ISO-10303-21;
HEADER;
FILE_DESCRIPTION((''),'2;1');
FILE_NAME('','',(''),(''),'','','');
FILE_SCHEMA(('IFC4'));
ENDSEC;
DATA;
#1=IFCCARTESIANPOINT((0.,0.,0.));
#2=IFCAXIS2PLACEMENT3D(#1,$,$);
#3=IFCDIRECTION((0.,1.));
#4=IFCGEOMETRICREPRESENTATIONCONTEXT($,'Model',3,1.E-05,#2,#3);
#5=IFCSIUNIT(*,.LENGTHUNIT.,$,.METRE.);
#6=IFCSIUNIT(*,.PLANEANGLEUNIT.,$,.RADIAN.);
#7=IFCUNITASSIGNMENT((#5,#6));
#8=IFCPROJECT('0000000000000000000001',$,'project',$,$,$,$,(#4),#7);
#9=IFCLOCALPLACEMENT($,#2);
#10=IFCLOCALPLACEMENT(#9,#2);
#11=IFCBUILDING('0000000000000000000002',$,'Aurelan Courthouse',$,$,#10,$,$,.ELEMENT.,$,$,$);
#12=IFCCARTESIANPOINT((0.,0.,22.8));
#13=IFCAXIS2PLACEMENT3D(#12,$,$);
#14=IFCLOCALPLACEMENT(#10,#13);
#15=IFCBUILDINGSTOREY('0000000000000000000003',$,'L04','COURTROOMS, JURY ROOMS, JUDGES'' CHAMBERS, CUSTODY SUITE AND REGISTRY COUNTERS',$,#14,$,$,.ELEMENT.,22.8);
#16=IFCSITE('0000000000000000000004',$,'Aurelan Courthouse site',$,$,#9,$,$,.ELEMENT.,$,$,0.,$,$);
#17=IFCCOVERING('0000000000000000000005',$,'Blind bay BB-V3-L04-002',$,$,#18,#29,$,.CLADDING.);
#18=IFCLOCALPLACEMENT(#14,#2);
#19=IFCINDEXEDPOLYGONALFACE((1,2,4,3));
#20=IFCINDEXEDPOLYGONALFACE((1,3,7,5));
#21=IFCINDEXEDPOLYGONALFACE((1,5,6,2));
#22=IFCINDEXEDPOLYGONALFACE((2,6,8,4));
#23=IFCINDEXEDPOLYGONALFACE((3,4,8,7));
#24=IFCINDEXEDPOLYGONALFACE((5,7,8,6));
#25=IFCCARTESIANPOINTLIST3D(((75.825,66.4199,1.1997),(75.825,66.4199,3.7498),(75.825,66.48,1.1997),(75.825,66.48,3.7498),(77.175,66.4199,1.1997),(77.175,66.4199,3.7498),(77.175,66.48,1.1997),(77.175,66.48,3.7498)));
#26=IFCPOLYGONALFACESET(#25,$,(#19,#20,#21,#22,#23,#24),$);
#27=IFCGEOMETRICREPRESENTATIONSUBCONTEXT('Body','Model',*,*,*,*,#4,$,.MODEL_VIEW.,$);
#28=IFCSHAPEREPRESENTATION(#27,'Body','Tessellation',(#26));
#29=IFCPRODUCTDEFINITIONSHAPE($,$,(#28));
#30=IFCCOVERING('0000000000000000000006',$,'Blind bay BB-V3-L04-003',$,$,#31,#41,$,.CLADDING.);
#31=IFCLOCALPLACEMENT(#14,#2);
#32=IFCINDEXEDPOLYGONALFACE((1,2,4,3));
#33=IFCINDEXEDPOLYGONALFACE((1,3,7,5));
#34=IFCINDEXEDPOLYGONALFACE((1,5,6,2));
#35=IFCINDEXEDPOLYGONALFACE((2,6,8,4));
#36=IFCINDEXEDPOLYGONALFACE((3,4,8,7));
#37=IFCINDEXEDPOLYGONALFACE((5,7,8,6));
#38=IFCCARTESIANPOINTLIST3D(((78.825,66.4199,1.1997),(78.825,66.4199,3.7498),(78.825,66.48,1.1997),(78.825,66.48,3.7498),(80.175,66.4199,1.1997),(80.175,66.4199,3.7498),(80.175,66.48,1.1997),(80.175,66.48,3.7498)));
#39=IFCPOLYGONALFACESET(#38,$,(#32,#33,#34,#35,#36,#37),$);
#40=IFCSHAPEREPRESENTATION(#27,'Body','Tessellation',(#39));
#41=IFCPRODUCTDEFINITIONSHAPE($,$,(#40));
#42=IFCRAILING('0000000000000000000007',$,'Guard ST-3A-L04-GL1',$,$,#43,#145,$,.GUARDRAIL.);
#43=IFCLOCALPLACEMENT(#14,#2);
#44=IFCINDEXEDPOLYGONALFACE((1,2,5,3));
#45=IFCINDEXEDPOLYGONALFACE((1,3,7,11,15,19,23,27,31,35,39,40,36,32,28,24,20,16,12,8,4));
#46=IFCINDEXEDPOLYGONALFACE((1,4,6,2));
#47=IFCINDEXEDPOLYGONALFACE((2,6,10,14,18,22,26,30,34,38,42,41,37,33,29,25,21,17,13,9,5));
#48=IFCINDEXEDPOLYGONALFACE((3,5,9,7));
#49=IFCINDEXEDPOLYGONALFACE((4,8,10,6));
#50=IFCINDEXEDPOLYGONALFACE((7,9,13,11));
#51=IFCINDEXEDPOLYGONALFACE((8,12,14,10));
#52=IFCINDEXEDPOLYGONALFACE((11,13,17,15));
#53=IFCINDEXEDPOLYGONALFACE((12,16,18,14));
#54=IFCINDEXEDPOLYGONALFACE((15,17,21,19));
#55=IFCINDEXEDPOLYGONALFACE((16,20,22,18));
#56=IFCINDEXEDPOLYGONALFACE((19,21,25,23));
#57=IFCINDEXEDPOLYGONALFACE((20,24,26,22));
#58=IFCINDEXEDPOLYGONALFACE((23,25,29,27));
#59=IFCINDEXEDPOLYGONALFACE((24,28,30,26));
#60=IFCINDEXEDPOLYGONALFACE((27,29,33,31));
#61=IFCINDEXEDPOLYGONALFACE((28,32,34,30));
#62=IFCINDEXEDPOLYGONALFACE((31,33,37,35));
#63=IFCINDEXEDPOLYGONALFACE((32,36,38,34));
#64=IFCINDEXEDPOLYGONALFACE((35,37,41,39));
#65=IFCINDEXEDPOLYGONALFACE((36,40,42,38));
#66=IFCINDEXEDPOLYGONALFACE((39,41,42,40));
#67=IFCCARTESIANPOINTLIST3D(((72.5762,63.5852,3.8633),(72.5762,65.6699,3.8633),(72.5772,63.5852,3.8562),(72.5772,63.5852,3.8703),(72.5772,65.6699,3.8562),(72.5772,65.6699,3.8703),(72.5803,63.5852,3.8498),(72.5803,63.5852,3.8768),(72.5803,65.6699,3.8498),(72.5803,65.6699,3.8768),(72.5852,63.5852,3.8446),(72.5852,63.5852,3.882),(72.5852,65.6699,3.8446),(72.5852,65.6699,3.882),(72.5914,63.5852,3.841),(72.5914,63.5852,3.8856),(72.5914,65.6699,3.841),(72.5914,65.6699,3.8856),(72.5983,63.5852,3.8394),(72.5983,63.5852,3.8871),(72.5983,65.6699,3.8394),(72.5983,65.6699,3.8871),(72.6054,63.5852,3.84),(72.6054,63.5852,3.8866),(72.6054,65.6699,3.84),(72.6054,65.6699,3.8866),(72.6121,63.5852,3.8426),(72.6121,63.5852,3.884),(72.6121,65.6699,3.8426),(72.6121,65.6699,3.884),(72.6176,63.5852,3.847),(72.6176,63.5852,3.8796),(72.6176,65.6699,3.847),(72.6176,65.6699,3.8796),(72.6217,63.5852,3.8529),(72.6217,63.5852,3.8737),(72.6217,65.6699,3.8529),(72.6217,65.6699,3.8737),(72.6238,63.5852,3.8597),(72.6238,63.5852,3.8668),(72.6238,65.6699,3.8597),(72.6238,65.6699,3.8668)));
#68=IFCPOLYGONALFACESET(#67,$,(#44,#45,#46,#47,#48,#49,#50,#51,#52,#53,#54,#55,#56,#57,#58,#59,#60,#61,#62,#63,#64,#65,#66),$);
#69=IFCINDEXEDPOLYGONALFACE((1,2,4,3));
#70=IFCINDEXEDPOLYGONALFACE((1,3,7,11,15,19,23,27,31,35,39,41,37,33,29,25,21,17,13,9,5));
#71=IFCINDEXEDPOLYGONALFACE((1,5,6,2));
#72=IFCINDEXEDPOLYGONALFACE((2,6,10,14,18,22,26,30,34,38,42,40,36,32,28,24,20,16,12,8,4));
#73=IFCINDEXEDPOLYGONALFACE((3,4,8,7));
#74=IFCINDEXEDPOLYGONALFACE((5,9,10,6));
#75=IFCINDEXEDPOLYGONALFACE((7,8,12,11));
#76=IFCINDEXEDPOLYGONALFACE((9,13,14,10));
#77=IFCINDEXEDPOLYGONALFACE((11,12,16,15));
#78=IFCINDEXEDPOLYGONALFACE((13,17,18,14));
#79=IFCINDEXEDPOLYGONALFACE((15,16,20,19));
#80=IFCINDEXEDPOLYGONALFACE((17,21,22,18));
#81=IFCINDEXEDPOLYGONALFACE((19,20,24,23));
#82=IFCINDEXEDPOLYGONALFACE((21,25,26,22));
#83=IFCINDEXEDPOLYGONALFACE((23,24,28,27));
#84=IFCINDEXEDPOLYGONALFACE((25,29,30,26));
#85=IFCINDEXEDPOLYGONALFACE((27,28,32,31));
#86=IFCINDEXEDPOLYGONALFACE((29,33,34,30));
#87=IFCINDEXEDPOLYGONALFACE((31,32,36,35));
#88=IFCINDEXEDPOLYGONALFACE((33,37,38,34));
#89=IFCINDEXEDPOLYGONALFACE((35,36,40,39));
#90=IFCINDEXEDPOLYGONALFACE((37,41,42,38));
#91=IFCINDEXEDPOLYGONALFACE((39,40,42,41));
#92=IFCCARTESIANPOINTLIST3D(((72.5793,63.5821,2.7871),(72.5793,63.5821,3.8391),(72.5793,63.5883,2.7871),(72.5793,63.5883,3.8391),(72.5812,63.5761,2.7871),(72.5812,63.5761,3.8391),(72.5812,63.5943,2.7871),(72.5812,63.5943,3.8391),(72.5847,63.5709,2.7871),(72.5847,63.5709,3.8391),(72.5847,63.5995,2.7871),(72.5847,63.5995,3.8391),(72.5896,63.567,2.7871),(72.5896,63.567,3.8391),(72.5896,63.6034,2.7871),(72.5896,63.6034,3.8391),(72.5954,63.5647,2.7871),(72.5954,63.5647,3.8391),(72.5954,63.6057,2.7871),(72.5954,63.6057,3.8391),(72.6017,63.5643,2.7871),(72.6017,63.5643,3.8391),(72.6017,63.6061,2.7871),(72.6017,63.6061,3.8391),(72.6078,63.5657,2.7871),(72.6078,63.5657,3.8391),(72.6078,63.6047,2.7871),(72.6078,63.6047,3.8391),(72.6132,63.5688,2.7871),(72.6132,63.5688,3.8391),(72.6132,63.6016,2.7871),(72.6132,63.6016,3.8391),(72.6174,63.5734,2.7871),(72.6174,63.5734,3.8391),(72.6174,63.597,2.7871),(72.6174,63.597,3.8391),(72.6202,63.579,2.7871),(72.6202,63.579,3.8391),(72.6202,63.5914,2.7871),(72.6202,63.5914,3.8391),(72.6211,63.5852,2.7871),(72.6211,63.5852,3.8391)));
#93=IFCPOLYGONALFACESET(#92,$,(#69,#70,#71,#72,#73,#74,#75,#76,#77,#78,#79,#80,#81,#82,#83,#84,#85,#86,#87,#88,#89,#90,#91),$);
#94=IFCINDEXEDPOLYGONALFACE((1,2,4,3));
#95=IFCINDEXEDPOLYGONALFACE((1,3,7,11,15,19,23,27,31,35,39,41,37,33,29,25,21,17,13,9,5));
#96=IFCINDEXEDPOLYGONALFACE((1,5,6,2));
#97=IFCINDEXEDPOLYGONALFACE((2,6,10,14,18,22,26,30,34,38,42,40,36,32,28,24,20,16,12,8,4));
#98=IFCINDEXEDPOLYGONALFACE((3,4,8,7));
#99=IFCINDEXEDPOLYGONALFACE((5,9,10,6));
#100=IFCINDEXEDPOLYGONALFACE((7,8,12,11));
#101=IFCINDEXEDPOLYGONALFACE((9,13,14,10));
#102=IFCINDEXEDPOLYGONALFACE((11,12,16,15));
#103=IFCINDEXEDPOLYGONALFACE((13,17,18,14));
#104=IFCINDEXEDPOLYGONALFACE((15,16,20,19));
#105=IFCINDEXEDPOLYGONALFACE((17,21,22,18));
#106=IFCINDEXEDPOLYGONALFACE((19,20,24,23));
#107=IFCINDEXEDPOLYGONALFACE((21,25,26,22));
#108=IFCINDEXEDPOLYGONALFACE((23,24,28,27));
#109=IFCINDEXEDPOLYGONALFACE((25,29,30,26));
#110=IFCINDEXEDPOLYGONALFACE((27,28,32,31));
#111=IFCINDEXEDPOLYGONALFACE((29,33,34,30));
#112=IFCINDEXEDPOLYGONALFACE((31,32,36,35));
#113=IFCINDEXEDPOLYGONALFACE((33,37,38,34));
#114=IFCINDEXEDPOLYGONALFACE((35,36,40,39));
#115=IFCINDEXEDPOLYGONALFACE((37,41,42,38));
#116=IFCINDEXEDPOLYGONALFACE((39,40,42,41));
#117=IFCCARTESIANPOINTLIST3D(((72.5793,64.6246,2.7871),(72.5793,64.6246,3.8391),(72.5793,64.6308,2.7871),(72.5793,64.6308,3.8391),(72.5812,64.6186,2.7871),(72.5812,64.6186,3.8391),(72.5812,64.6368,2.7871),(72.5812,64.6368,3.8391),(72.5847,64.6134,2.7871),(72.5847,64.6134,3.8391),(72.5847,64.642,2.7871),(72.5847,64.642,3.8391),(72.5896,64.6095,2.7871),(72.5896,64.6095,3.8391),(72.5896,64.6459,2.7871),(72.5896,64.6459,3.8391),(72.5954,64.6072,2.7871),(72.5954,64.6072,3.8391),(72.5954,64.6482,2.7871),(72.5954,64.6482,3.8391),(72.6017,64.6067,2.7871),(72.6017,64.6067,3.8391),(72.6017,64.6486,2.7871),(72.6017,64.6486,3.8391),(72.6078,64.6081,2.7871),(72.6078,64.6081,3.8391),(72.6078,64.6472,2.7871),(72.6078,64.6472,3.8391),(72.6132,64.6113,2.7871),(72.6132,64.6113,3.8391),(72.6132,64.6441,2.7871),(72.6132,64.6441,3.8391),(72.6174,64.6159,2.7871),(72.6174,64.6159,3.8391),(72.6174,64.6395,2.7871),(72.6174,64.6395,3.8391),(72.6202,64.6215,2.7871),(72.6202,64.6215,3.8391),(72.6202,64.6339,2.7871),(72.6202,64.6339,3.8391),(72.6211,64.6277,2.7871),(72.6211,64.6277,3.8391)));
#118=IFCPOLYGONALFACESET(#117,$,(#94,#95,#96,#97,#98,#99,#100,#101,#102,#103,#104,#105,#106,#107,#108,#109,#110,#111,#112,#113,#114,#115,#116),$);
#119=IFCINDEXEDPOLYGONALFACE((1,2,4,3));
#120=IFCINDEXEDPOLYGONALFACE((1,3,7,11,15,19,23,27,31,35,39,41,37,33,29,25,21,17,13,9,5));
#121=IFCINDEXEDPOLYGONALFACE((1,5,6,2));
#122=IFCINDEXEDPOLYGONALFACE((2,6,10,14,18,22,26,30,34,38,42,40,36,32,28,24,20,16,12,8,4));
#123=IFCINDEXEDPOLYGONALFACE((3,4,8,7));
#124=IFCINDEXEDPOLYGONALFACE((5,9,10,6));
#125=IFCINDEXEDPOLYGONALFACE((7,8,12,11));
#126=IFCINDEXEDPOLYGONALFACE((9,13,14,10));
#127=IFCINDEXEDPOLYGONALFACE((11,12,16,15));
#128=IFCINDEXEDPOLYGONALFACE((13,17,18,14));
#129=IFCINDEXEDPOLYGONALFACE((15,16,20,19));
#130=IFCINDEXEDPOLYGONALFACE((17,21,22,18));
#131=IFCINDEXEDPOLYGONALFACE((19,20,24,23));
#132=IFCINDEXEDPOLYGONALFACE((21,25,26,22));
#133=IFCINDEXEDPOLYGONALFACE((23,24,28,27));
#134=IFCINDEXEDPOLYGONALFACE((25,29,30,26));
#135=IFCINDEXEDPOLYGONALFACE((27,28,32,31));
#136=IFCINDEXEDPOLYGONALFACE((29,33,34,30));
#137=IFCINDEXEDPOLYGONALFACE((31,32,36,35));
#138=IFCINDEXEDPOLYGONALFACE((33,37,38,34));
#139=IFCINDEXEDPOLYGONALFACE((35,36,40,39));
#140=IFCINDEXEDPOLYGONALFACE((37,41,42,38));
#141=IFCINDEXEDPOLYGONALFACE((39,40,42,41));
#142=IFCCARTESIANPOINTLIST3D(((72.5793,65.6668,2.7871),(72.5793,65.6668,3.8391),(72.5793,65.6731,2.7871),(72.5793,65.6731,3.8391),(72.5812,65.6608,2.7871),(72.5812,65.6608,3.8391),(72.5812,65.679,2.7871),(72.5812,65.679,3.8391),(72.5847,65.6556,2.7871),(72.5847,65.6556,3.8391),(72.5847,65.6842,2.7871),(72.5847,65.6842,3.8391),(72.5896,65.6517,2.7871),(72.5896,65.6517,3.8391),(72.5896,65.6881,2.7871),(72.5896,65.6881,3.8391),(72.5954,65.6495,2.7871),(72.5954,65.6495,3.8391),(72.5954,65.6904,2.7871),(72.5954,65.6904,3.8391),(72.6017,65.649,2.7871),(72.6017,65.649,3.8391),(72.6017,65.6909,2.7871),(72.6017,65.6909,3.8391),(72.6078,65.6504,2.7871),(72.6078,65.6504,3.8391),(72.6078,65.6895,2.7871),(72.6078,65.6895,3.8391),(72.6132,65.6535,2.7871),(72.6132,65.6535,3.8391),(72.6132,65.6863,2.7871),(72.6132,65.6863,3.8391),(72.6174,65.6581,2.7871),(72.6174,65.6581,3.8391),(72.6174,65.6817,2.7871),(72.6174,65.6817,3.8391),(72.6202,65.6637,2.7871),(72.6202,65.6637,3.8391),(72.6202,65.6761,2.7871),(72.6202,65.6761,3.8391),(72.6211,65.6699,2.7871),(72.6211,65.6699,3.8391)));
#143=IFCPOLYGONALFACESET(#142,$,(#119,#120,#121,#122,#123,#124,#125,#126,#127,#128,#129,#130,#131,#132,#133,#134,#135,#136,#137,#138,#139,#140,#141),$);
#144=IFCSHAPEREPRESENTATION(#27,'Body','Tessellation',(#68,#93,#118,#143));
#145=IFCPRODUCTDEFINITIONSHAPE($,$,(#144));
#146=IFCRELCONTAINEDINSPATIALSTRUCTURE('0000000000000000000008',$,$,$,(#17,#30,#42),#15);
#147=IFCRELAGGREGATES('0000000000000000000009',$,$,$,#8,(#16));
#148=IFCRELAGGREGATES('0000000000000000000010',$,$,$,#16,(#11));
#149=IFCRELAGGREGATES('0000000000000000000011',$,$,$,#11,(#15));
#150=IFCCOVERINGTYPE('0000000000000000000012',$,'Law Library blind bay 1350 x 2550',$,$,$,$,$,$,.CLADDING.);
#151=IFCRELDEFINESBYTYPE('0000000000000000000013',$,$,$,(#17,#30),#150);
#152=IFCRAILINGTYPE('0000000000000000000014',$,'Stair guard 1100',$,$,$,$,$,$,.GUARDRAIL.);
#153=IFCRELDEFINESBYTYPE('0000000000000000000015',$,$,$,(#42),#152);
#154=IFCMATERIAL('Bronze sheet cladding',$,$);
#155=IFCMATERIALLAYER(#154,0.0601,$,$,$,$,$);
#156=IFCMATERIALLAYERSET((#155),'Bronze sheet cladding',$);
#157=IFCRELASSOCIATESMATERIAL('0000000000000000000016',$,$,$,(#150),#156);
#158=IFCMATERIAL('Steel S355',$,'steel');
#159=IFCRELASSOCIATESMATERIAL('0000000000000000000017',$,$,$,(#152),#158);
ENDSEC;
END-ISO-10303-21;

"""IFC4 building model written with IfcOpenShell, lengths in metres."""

from ifc_helpers import new_model, si_unit, direction, frame, origin, origin_2d, place, context, subcontext, project, spatial, rectangle, circle, extrude, material, layer, layer_set, type_object, element, save


model = new_model("IFC4")

# Units and contexts
model_context = context("Model", 3, precision=1e-05, world=origin(), true_north=direction((0.0, 1.0)))
body_context = subcontext(model_context, "Body", "Model", "MODEL_VIEW")
ifc_project = project(units=[si_unit("LENGTHUNIT", "METRE"), si_unit("PLANEANGLEUNIT", "RADIAN")], contexts=[model_context])

# Site, building, storey
site_placement = place(None, origin())
site = spatial("IfcSite", under=ifc_project, at=site_placement, Name="Aurelan Courthouse site", CompositionType="ELEMENT", RefElevation=0.0)
building_placement = place(site_placement, origin())
building = spatial("IfcBuilding", under=site, at=building_placement, Name="Aurelan Courthouse", CompositionType="ELEMENT")
storey_placement = place(building_placement, frame((0.0, 0.0, 22.8)))
storey = spatial("IfcBuildingStorey", under=building, at=storey_placement, Name="L04", Description="COURTROOMS, JURY ROOMS, JUDGES' CHAMBERS, CUSTODY SUITE AND REGISTRY COUNTERS", CompositionType="ELEMENT", Elevation=22.8)

# Coverings
ifc_material_1 = material(Name="Bronze sheet cladding")
ifc_layer_1 = layer(ifc_material_1, 0.0601)
ifc_layer_set_1 = layer_set([ifc_layer_1], Name="Bronze sheet cladding")
covering_type = type_object("IfcCoveringType", Name="Law Library blind bay 1350 x 2550", PredefinedType="CLADDING", material=ifc_layer_set_1)
for number, where, z_axis, x_axis, name in (
    (1, (76.5, 66.45, 1.1997), (0.0, 0.0, 1.0), (1.0, 0.0, 0.0), "Blind bay BB-V3-L04-002"),
    (2, (79.5, 66.45, 1.1997), (0.0, 0.0, 1.0), (1.0, 0.0, 0.0), "Blind bay BB-V3-L04-003"),
):
    element("IfcCovering", number, at=place(storey_placement, frame(where, z_axis=z_axis, x_axis=x_axis)), inside=storey, type_object=covering_type, Name=name, PredefinedType="CLADDING", context=body_context, shape_type="SweptSolid", body=[
        extrude(rectangle(XDim=1.3501, YDim=0.0601, at=origin_2d()), origin(), (0.0, 0.0, 1.0), 2.55),
    ])

# Railing
ifc_material_2 = material(Name="Steel S355", Category="steel")
railing_type_1 = type_object("IfcRailingType", Name="Stair guard 1100", PredefinedType="GUARDRAIL", material=ifc_material_2)
railing_1_placement = place(storey_placement, frame((72.6001, 63.5852, 2.7871)))
element("IfcRailing", 3, at=railing_1_placement, inside=storey, type_object=railing_type_1, Name="Guard ST-3A-L04-GL1", PredefinedType="GUARDRAIL", context=body_context, shape_type="SweptSolid", body=[
    extrude(circle(Radius=0.0239, at=origin_2d()), frame((0.0, 0.0, 1.0762), z_axis=(0.0, 1.0, 0.0), x_axis=(-1.0, 0.0, 0.0)), (0.0, 0.0, 1.0), 2.0847),
    extrude(circle(Radius=0.021, at=origin_2d()), origin(), (0.0, 0.0, 1.0), 1.052),
    extrude(circle(Radius=0.021, at=origin_2d()), frame((0.0, 1.0425, 0.0)), (0.0, 0.0, 1.0), 1.052),
    extrude(circle(Radius=0.021, at=origin_2d()), frame((0.0, 2.0847, 0.0)), (0.0, 0.0, 1.0), 1.052),
])

save(model, "model.ifc")
